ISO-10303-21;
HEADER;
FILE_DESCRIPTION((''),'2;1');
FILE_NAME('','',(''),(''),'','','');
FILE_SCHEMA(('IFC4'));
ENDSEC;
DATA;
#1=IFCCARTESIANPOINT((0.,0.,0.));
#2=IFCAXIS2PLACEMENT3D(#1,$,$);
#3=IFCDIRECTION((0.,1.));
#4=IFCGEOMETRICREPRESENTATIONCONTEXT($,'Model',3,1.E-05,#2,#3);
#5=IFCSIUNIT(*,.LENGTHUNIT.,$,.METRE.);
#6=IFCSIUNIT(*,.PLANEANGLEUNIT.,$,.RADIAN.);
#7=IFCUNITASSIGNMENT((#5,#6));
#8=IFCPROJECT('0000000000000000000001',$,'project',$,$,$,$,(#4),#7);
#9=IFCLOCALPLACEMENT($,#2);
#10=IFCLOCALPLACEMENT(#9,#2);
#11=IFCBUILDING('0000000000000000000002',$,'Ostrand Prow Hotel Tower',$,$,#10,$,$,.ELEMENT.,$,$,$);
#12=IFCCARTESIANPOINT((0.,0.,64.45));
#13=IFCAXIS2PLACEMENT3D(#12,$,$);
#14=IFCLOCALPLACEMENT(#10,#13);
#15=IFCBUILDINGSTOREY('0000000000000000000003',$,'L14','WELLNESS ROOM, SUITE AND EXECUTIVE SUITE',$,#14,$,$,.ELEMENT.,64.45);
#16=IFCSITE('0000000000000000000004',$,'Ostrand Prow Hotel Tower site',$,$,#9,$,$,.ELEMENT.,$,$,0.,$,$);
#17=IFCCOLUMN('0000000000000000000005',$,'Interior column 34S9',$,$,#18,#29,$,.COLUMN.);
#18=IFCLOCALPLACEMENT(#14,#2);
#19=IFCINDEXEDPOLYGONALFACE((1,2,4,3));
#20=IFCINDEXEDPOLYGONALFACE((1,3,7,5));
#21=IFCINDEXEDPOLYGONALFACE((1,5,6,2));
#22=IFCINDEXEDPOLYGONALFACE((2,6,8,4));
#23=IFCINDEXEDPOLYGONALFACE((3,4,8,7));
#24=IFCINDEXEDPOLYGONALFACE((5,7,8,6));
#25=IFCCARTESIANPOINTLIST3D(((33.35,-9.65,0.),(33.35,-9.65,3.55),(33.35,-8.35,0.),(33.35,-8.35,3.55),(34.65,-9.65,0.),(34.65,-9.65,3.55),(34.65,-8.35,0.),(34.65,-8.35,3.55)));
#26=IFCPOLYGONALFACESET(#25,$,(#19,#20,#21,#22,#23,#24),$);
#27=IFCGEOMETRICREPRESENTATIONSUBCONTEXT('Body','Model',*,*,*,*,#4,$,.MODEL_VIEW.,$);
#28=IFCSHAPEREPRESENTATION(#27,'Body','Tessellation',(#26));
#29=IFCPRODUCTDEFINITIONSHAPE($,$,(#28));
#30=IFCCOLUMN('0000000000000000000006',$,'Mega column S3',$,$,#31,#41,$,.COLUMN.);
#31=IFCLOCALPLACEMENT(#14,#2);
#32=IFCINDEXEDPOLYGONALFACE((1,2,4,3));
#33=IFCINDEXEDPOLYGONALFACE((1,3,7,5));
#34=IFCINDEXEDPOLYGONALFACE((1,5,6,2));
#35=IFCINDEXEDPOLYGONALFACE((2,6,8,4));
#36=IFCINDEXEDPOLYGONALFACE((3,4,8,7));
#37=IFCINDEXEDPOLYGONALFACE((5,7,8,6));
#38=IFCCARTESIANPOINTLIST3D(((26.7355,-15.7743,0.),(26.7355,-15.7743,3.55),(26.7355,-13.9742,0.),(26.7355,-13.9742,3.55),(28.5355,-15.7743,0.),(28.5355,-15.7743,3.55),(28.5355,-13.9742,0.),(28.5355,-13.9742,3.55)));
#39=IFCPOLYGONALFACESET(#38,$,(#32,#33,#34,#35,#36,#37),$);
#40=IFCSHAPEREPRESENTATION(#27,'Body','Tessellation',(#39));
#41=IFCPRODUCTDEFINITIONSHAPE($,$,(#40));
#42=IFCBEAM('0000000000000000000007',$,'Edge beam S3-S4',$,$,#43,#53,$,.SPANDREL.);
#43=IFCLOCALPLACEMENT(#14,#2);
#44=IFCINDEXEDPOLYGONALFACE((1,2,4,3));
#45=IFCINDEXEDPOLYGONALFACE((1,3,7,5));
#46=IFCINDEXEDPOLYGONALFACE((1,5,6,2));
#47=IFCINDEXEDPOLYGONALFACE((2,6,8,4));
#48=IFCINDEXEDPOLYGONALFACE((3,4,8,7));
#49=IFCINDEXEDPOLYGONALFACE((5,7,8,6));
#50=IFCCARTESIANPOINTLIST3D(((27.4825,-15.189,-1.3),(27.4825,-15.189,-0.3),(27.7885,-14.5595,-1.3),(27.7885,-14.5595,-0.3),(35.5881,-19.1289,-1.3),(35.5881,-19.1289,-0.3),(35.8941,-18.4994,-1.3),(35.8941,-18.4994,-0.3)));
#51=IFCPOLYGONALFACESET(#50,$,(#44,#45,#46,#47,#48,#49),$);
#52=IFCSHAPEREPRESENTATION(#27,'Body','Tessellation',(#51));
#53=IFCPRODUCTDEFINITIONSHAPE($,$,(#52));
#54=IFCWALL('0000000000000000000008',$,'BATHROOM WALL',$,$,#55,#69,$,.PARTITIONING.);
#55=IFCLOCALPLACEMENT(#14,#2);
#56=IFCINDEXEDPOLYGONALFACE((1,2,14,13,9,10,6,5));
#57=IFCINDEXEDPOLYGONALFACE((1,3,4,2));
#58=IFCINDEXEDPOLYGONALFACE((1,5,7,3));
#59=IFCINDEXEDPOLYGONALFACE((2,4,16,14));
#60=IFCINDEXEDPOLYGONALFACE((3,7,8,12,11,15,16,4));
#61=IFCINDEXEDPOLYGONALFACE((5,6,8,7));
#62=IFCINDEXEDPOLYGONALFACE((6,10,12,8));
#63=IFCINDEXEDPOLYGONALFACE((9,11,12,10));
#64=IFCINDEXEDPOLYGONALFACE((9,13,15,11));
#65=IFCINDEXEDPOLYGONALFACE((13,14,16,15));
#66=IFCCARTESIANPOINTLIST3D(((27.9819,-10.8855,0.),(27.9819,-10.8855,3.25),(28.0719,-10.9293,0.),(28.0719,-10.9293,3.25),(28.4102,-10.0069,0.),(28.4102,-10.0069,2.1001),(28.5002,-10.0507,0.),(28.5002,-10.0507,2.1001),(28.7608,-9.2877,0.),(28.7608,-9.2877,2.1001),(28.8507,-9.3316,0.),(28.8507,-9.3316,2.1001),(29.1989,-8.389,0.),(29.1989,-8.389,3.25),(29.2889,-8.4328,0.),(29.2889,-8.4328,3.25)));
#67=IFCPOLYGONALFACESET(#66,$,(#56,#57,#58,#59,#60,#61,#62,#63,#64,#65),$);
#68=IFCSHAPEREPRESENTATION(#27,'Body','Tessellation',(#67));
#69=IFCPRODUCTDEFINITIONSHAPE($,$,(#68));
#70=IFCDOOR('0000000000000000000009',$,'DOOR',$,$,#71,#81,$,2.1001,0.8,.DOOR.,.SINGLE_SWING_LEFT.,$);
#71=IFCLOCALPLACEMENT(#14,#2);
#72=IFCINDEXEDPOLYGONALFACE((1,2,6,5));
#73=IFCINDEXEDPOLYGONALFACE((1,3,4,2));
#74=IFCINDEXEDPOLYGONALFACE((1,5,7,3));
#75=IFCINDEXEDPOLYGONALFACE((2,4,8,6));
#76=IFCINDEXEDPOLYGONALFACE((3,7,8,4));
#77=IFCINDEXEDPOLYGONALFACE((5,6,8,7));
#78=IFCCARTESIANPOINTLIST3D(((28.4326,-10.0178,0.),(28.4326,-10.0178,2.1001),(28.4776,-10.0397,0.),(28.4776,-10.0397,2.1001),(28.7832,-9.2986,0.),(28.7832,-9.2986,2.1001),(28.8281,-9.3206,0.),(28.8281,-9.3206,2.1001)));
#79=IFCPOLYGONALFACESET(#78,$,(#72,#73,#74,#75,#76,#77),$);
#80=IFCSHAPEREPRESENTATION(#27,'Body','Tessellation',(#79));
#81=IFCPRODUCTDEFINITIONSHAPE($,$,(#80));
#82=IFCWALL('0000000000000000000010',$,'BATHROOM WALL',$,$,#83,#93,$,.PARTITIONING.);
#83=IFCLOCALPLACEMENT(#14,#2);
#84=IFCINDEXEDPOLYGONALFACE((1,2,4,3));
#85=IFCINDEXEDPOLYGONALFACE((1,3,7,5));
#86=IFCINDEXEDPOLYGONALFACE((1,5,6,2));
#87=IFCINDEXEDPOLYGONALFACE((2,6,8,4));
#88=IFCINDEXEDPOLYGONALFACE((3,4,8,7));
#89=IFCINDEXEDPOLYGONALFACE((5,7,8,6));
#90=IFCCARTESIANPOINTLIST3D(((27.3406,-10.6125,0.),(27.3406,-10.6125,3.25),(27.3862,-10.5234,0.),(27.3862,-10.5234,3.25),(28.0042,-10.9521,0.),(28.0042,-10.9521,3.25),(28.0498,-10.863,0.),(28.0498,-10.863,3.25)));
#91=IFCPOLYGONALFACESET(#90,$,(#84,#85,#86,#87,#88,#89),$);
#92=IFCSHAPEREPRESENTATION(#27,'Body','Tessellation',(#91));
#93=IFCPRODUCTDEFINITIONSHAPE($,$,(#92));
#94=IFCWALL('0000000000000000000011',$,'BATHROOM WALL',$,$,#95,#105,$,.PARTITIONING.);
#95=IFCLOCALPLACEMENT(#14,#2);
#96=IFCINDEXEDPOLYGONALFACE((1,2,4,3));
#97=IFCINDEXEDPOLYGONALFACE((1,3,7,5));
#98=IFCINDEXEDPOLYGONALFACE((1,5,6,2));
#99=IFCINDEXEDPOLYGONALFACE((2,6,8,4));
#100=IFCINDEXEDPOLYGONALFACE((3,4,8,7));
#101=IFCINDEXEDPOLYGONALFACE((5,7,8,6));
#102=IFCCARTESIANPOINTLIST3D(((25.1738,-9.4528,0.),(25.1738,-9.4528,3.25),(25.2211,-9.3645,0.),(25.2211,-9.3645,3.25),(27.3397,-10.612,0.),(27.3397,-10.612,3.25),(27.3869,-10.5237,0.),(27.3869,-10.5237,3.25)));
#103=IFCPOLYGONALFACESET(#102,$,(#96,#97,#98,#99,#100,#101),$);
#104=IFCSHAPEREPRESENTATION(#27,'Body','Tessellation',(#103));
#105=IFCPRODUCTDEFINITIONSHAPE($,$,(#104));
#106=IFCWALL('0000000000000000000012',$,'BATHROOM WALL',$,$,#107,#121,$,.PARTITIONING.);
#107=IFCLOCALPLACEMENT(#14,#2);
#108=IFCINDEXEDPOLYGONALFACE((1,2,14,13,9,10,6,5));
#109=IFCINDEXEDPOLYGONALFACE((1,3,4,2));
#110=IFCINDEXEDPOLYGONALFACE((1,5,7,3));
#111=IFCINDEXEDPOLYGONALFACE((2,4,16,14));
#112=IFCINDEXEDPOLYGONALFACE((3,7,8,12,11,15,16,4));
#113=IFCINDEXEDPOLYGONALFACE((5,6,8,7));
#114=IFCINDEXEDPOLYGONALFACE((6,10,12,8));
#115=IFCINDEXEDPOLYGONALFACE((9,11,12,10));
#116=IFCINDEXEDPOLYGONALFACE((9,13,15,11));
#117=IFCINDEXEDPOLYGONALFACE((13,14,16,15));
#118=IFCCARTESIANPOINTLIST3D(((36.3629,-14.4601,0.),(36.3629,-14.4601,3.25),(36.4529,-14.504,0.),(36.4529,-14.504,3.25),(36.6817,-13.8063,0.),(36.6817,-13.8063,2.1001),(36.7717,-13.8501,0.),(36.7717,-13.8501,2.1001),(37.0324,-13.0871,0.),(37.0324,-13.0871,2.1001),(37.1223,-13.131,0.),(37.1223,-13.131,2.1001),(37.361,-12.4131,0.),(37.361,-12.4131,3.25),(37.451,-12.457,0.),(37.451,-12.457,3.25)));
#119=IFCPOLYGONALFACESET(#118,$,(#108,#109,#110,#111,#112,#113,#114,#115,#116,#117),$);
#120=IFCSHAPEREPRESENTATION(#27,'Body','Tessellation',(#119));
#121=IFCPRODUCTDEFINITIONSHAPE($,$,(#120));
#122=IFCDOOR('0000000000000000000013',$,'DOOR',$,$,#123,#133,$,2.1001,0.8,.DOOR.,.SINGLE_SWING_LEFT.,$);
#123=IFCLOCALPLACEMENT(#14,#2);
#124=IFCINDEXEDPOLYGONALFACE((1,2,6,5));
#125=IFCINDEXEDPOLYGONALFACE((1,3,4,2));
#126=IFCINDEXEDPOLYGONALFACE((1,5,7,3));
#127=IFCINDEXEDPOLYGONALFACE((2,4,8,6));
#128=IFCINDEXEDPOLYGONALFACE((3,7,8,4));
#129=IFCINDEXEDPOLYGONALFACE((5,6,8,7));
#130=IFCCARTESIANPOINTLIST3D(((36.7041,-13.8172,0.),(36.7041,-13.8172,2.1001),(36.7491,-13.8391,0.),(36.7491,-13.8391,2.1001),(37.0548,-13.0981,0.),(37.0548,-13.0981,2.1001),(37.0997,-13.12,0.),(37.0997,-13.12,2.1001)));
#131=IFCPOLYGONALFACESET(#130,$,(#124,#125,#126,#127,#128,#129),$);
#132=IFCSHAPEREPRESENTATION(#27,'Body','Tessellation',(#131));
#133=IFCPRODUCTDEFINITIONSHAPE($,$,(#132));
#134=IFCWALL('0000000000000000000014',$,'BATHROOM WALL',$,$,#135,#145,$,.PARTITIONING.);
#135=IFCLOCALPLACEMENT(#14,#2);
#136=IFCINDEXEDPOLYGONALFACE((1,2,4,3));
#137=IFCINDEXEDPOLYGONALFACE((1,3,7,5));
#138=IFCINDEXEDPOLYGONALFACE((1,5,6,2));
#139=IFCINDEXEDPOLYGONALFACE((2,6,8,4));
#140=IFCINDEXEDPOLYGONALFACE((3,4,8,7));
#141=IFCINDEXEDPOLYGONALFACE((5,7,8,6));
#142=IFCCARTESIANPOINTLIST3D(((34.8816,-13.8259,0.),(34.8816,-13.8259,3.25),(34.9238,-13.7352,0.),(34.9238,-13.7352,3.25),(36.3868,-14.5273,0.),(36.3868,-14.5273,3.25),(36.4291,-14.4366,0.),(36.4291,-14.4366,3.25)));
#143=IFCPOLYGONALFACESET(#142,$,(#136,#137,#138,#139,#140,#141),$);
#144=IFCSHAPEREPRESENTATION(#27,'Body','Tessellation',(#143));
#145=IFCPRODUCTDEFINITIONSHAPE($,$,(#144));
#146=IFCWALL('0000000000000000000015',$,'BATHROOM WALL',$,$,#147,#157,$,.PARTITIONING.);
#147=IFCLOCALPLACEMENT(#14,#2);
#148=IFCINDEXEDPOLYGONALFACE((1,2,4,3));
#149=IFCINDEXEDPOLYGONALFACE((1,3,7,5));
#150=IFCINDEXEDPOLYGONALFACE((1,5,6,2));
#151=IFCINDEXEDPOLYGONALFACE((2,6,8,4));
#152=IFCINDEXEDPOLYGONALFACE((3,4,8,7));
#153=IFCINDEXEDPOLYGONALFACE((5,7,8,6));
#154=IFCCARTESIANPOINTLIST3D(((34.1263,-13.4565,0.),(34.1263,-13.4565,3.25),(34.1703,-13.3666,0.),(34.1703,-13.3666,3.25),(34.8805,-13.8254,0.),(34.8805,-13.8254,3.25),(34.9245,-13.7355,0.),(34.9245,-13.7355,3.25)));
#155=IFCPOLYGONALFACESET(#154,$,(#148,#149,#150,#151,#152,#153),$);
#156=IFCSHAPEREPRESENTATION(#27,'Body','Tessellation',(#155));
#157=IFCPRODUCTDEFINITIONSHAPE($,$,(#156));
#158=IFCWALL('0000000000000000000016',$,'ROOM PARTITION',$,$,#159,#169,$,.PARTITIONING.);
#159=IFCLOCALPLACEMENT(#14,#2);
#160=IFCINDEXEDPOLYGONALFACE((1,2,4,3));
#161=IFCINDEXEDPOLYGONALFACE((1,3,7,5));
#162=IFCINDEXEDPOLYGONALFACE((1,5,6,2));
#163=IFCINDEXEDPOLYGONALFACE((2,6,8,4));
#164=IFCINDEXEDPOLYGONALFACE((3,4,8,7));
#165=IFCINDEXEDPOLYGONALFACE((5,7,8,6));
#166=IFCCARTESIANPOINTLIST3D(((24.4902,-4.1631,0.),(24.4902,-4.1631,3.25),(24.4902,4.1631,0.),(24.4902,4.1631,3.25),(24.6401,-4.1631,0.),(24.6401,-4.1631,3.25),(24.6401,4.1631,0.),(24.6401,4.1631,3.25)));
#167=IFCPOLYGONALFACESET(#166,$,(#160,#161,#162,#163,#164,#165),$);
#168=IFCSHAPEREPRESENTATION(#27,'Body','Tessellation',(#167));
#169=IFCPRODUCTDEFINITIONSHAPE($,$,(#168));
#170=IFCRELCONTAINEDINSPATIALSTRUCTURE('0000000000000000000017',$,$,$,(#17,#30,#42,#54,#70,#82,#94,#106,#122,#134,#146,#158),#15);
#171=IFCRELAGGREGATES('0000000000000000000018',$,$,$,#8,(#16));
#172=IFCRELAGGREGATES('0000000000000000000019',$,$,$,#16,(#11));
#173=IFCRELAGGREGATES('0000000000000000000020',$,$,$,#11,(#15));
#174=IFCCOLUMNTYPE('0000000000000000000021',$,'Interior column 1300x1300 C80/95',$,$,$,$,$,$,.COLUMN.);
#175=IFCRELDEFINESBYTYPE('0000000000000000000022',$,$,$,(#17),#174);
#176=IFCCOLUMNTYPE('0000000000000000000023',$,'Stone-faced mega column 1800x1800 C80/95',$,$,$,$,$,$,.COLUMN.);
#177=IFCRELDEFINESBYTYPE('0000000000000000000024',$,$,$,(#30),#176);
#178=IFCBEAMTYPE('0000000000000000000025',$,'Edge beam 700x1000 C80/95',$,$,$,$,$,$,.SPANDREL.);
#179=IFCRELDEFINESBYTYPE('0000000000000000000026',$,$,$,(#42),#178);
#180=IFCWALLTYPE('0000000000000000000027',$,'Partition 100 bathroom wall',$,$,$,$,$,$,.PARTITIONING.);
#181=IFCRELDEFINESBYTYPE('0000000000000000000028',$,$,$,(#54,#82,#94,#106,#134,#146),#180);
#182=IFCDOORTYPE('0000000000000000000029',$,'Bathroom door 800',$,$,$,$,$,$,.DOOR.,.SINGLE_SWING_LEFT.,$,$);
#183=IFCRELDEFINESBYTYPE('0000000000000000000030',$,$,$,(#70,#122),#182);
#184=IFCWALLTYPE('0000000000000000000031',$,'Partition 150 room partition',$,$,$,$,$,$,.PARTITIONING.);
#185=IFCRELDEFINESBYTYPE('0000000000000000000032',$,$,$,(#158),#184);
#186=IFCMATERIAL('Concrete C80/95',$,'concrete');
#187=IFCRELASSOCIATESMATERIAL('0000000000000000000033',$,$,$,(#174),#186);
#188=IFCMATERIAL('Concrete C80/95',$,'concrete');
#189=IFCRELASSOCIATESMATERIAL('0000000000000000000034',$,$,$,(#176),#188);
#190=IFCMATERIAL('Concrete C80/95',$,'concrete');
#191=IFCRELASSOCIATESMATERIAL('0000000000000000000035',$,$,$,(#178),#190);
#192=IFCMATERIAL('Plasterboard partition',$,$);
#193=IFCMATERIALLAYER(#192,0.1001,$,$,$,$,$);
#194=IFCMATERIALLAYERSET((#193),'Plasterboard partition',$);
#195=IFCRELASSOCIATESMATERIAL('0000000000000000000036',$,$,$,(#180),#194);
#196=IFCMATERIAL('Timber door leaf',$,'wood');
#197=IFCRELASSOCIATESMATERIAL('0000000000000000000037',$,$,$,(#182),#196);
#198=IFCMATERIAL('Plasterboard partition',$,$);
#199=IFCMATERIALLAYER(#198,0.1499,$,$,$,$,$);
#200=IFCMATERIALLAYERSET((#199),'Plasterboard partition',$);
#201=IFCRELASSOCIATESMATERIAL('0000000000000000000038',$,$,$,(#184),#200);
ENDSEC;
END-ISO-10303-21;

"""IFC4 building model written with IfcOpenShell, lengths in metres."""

from ifc_helpers import new_model, si_unit, direction, frame, frame_2d, origin, origin_2d, place, context, subcontext, project, spatial, rectangle, extrude, material, layer, layer_set, material_profile, profile_set, type_object, element, fill, save


model = new_model("IFC4")

# Units and contexts
model_context = context("Model", 3, precision=1e-05, world=origin(), true_north=direction((0.0, 1.0)))
body_context = subcontext(model_context, "Body", "Model", "MODEL_VIEW")
ifc_project = project(units=[si_unit("LENGTHUNIT", "METRE"), si_unit("PLANEANGLEUNIT", "RADIAN")], contexts=[model_context])

# Site, building, storey
site_placement = place(None, origin())
site = spatial("IfcSite", under=ifc_project, at=site_placement, Name="Ostrand Prow Hotel Tower site", CompositionType="ELEMENT", RefElevation=0.0)
building_placement = place(site_placement, origin())
building = spatial("IfcBuilding", under=site, at=building_placement, Name="Ostrand Prow Hotel Tower", CompositionType="ELEMENT")
storey_placement = place(building_placement, frame((0.0, 0.0, 64.45)))
storey = spatial("IfcBuildingStorey", under=building, at=storey_placement, Name="L14", Description="WELLNESS ROOM, SUITE AND EXECUTIVE SUITE", CompositionType="ELEMENT", Elevation=64.45)

# Columns
ifc_material_1 = material(Name="Concrete C80/95", Category="concrete")
ifc_material_profile_1 = material_profile(ifc_material_1, rectangle(XDim=1.3, YDim=1.3, at=origin_2d()), Name="RC 1300x1300")
ifc_profile_set_1 = profile_set([ifc_material_profile_1], Name="Concrete C80/95")
column_type_1 = type_object("IfcColumnType", Name="Interior column 1300x1300 C80/95", PredefinedType="COLUMN", material=ifc_profile_set_1)
column_1_placement = place(storey_placement, frame((34.0, -9.0, 0.0), z_axis=(0.0, 0.0, 1.0), x_axis=(1.0, 0.0, 0.0)))
element("IfcColumn", 1, at=column_1_placement, inside=storey, type_object=column_type_1, Name="Interior column 34S9", PredefinedType="COLUMN", context=body_context, shape_type="SweptSolid", body=[
    extrude(rectangle(XDim=1.3, YDim=1.3, at=origin_2d()), origin(), (0.0, 0.0, 1.0), 3.55),
])
ifc_material_2 = material(Name="Concrete C80/95", Category="concrete")
ifc_material_profile_2 = material_profile(ifc_material_2, rectangle(XDim=1.8, YDim=1.8, at=origin_2d()), Name="RC 1800x1800")
ifc_profile_set_2 = profile_set([ifc_material_profile_2], Name="Concrete C80/95")
column_type_2 = type_object("IfcColumnType", Name="Stone-faced mega column 1800x1800 C80/95", PredefinedType="COLUMN", material=ifc_profile_set_2)
column_2_placement = place(storey_placement, frame((27.6355, -14.8743, 0.0), z_axis=(0.0, 0.0, 1.0), x_axis=(1.0, 0.0, 0.0)))
element("IfcColumn", 2, at=column_2_placement, inside=storey, type_object=column_type_2, Name="Mega column S3", PredefinedType="COLUMN", context=body_context, shape_type="SweptSolid", body=[
    extrude(rectangle(XDim=1.8, YDim=1.8, at=origin_2d()), origin(), (0.0, 0.0, 1.0), 3.55),
])

# Beam
ifc_material_3 = material(Name="Concrete C80/95", Category="concrete")
ifc_material_profile_3 = material_profile(ifc_material_3, rectangle(XDim=0.7, YDim=1.0, at=origin_2d()), Name="RC 700x1000")
ifc_profile_set_3 = profile_set([ifc_material_profile_3], Name="Concrete C80/95")
beam_type = type_object("IfcBeamType", Name="Edge beam 700x1000 C80/95", PredefinedType="SPANDREL", material=ifc_profile_set_3)
beam_placement = place(storey_placement, frame((27.6355, -14.8743, -0.8), z_axis=(0.899382, -0.437163, 0.0), x_axis=(0.437163, 0.899382, 0.0)))
element("IfcBeam", 3, at=beam_placement, inside=storey, type_object=beam_type, Name="Edge beam S3-S4", PredefinedType="SPANDREL", context=body_context, shape_type="SweptSolid", body=[
    extrude(rectangle(XDim=0.7, YDim=1.0, at=origin_2d()), origin(), (0.0, 0.0, 1.0), 9.0125),
])

# Wall, opening, door
ifc_material_4 = material(Name="Plasterboard partition")
ifc_layer_1 = layer(ifc_material_4, 0.1001)
ifc_layer_set_1 = layer_set([ifc_layer_1], Name="Plasterboard partition")
wall_type_1 = type_object("IfcWallType", Name="Partition 100 bathroom wall", PredefinedType="PARTITIONING", material=ifc_layer_set_1)
wall_1_placement = place(storey_placement, frame((29.2439, -8.4109, 0.0), z_axis=(0.0, 0.0, 1.0), x_axis=(-0.43819, -0.898882, 0.0)))
wall_1 = element("IfcWall", 4, at=wall_1_placement, inside=storey, type_object=wall_type_1, Name="BATHROOM WALL", PredefinedType="PARTITIONING", context=body_context, shape_type="SweptSolid", body=[
    extrude(rectangle(XDim=2.7773, YDim=0.1001, at=frame_2d((1.3887, 0.0))), origin(), (0.0, 0.0, 1.0), 3.25),
])
opening_1_placement = place(wall_1_placement, frame((1.0, 0.0, 0.0)))
opening_1 = element("IfcOpeningElement", 5, at=opening_1_placement, cuts=wall_1, PredefinedType="OPENING", context=body_context, shape_type="SweptSolid", body=[
    extrude(rectangle(XDim=0.8, YDim=2.1001, at=frame_2d((0.3999, 1.05))), frame((0.0, 0.0601, 0.0), z_axis=(0.0, -1.0, 0.0), x_axis=(1.0, 0.0, 0.0)), (0.0, 0.0, 1.0), 0.1201),
])
ifc_material_5 = material(Name="Timber door leaf", Category="wood")
door_type_1 = type_object("IfcDoorType", Name="Bathroom door 800", OperationType="SINGLE_SWING_LEFT", PredefinedType="DOOR", material=ifc_material_5)
door_1_placement = place(opening_1_placement, origin())
door_1 = element("IfcDoor", 6, at=door_1_placement, inside=storey, type_object=door_type_1, Name="DOOR", OperationType="SINGLE_SWING_LEFT", OverallHeight=2.1001, OverallWidth=0.8, PredefinedType="DOOR", context=body_context, shape_type="SweptSolid", body=[
    extrude(rectangle(XDim=0.8, YDim=2.1001, at=frame_2d((0.3999, 1.05))), frame((0.0, 0.0249, 0.0), z_axis=(0.0, -1.0, 0.0), x_axis=(1.0, 0.0, 0.0)), (0.0, 0.0, 1.0), 0.05),
])
fill(opening_1, door_1)

# Walls
wall_2_placement = place(storey_placement, frame((28.0269, -10.9075, 0.0), z_axis=(0.0, 0.0, 1.0), x_axis=(-0.890196, 0.455578, 0.0)))
element("IfcWall", 7, at=wall_2_placement, inside=storey, type_object=wall_type_1, Name="BATHROOM WALL", PredefinedType="PARTITIONING", context=body_context, shape_type="SweptSolid", body=[
    extrude(rectangle(XDim=0.7454, YDim=0.1001, at=frame_2d((0.3726, 0.0))), origin(), (0.0, 0.0, 1.0), 3.25),
])
wall_3_placement = place(storey_placement, frame((27.3633, -10.5679, 0.0), z_axis=(0.0, 0.0, 1.0), x_axis=(-0.881659, 0.471888, 0.0)))
element("IfcWall", 8, at=wall_3_placement, inside=storey, type_object=wall_type_1, Name="BATHROOM WALL", PredefinedType="PARTITIONING", context=body_context, shape_type="SweptSolid", body=[
    extrude(rectangle(XDim=2.4565, YDim=0.1001, at=frame_2d((1.2283, 0.0))), origin(), (0.0, 0.0, 1.0), 3.25),
])

# Wall, opening, door
wall_4_placement = place(storey_placement, frame((37.406, -12.4351, 0.0), z_axis=(0.0, 0.0, 1.0), x_axis=(-0.438272, -0.898843, 0.0)))
wall_4 = element("IfcWall", 9, at=wall_4_placement, inside=storey, type_object=wall_type_1, Name="BATHROOM WALL", PredefinedType="PARTITIONING", context=body_context, shape_type="SweptSolid", body=[
    extrude(rectangle(XDim=2.2773, YDim=0.1001, at=frame_2d((1.1387, 0.0))), origin(), (0.0, 0.0, 1.0), 3.25),
])
opening_2_placement = place(wall_4_placement, frame((0.75, 0.0, 0.0)))
opening_2 = element("IfcOpeningElement", 10, at=opening_2_placement, cuts=wall_4, PredefinedType="OPENING", context=body_context, shape_type="SweptSolid", body=[
    extrude(rectangle(XDim=0.8, YDim=2.1001, at=frame_2d((0.3999, 1.05))), frame((0.0, 0.0601, 0.0), z_axis=(0.0, -1.0, 0.0), x_axis=(1.0, 0.0, 0.0)), (0.0, 0.0, 1.0), 0.1201),
])
door_2_placement = place(opening_2_placement, origin())
door_2 = element("IfcDoor", 11, at=door_2_placement, inside=storey, type_object=door_type_1, Name="DOOR", OperationType="SINGLE_SWING_LEFT", OverallHeight=2.1001, OverallWidth=0.8, PredefinedType="DOOR", context=body_context, shape_type="SweptSolid", body=[
    extrude(rectangle(XDim=0.8, YDim=2.1001, at=frame_2d((0.3999, 1.05))), frame((0.0, 0.0249, 0.0), z_axis=(0.0, -1.0, 0.0), x_axis=(1.0, 0.0, 0.0)), (0.0, 0.0, 1.0), 0.05),
])
fill(opening_2, door_2)

# Walls
wall_5_placement = place(storey_placement, frame((36.408, -14.4819, 0.0), z_axis=(0.0, 0.0, 1.0), x_axis=(-0.906435, 0.422346, 0.0)))
element("IfcWall", 12, at=wall_5_placement, inside=storey, type_object=wall_type_1, Name="BATHROOM WALL", PredefinedType="PARTITIONING", context=body_context, shape_type="SweptSolid", body=[
    extrude(rectangle(XDim=1.6606, YDim=0.1001, at=frame_2d((0.8303, 0.0))), origin(), (0.0, 0.0, 1.0), 3.25),
])
wall_6_placement = place(storey_placement, frame((34.9026, -13.7805, 0.0), z_axis=(0.0, 0.0, 1.0), x_axis=(-0.89829, 0.439403, 0.0)))
element("IfcWall", 13, at=wall_6_placement, inside=storey, type_object=wall_type_1, Name="BATHROOM WALL", PredefinedType="PARTITIONING", context=body_context, shape_type="SweptSolid", body=[
    extrude(rectangle(XDim=0.8396, YDim=0.1001, at=frame_2d((0.4199, 0.0))), origin(), (0.0, 0.0, 1.0), 3.25),
])
ifc_material_6 = material(Name="Plasterboard partition")
ifc_layer_2 = layer(ifc_material_6, 0.1499)
ifc_layer_set_2 = layer_set([ifc_layer_2], Name="Plasterboard partition")
wall_type_2 = type_object("IfcWallType", Name="Partition 150 room partition", PredefinedType="PARTITIONING", material=ifc_layer_set_2)
wall_7_placement = place(storey_placement, frame((24.5652, -4.1631, 0.0), z_axis=(0.0, 0.0, 1.0), x_axis=(0.0, 1.0, 0.0)))
element("IfcWall", 14, at=wall_7_placement, inside=storey, type_object=wall_type_2, Name="ROOM PARTITION", PredefinedType="PARTITIONING", context=body_context, shape_type="SweptSolid", body=[
    extrude(rectangle(XDim=8.3262, YDim=0.1499, at=frame_2d((4.1631, 0.0))), origin(), (0.0, 0.0, 1.0), 3.25),
])

save(model, "model.ifc")
